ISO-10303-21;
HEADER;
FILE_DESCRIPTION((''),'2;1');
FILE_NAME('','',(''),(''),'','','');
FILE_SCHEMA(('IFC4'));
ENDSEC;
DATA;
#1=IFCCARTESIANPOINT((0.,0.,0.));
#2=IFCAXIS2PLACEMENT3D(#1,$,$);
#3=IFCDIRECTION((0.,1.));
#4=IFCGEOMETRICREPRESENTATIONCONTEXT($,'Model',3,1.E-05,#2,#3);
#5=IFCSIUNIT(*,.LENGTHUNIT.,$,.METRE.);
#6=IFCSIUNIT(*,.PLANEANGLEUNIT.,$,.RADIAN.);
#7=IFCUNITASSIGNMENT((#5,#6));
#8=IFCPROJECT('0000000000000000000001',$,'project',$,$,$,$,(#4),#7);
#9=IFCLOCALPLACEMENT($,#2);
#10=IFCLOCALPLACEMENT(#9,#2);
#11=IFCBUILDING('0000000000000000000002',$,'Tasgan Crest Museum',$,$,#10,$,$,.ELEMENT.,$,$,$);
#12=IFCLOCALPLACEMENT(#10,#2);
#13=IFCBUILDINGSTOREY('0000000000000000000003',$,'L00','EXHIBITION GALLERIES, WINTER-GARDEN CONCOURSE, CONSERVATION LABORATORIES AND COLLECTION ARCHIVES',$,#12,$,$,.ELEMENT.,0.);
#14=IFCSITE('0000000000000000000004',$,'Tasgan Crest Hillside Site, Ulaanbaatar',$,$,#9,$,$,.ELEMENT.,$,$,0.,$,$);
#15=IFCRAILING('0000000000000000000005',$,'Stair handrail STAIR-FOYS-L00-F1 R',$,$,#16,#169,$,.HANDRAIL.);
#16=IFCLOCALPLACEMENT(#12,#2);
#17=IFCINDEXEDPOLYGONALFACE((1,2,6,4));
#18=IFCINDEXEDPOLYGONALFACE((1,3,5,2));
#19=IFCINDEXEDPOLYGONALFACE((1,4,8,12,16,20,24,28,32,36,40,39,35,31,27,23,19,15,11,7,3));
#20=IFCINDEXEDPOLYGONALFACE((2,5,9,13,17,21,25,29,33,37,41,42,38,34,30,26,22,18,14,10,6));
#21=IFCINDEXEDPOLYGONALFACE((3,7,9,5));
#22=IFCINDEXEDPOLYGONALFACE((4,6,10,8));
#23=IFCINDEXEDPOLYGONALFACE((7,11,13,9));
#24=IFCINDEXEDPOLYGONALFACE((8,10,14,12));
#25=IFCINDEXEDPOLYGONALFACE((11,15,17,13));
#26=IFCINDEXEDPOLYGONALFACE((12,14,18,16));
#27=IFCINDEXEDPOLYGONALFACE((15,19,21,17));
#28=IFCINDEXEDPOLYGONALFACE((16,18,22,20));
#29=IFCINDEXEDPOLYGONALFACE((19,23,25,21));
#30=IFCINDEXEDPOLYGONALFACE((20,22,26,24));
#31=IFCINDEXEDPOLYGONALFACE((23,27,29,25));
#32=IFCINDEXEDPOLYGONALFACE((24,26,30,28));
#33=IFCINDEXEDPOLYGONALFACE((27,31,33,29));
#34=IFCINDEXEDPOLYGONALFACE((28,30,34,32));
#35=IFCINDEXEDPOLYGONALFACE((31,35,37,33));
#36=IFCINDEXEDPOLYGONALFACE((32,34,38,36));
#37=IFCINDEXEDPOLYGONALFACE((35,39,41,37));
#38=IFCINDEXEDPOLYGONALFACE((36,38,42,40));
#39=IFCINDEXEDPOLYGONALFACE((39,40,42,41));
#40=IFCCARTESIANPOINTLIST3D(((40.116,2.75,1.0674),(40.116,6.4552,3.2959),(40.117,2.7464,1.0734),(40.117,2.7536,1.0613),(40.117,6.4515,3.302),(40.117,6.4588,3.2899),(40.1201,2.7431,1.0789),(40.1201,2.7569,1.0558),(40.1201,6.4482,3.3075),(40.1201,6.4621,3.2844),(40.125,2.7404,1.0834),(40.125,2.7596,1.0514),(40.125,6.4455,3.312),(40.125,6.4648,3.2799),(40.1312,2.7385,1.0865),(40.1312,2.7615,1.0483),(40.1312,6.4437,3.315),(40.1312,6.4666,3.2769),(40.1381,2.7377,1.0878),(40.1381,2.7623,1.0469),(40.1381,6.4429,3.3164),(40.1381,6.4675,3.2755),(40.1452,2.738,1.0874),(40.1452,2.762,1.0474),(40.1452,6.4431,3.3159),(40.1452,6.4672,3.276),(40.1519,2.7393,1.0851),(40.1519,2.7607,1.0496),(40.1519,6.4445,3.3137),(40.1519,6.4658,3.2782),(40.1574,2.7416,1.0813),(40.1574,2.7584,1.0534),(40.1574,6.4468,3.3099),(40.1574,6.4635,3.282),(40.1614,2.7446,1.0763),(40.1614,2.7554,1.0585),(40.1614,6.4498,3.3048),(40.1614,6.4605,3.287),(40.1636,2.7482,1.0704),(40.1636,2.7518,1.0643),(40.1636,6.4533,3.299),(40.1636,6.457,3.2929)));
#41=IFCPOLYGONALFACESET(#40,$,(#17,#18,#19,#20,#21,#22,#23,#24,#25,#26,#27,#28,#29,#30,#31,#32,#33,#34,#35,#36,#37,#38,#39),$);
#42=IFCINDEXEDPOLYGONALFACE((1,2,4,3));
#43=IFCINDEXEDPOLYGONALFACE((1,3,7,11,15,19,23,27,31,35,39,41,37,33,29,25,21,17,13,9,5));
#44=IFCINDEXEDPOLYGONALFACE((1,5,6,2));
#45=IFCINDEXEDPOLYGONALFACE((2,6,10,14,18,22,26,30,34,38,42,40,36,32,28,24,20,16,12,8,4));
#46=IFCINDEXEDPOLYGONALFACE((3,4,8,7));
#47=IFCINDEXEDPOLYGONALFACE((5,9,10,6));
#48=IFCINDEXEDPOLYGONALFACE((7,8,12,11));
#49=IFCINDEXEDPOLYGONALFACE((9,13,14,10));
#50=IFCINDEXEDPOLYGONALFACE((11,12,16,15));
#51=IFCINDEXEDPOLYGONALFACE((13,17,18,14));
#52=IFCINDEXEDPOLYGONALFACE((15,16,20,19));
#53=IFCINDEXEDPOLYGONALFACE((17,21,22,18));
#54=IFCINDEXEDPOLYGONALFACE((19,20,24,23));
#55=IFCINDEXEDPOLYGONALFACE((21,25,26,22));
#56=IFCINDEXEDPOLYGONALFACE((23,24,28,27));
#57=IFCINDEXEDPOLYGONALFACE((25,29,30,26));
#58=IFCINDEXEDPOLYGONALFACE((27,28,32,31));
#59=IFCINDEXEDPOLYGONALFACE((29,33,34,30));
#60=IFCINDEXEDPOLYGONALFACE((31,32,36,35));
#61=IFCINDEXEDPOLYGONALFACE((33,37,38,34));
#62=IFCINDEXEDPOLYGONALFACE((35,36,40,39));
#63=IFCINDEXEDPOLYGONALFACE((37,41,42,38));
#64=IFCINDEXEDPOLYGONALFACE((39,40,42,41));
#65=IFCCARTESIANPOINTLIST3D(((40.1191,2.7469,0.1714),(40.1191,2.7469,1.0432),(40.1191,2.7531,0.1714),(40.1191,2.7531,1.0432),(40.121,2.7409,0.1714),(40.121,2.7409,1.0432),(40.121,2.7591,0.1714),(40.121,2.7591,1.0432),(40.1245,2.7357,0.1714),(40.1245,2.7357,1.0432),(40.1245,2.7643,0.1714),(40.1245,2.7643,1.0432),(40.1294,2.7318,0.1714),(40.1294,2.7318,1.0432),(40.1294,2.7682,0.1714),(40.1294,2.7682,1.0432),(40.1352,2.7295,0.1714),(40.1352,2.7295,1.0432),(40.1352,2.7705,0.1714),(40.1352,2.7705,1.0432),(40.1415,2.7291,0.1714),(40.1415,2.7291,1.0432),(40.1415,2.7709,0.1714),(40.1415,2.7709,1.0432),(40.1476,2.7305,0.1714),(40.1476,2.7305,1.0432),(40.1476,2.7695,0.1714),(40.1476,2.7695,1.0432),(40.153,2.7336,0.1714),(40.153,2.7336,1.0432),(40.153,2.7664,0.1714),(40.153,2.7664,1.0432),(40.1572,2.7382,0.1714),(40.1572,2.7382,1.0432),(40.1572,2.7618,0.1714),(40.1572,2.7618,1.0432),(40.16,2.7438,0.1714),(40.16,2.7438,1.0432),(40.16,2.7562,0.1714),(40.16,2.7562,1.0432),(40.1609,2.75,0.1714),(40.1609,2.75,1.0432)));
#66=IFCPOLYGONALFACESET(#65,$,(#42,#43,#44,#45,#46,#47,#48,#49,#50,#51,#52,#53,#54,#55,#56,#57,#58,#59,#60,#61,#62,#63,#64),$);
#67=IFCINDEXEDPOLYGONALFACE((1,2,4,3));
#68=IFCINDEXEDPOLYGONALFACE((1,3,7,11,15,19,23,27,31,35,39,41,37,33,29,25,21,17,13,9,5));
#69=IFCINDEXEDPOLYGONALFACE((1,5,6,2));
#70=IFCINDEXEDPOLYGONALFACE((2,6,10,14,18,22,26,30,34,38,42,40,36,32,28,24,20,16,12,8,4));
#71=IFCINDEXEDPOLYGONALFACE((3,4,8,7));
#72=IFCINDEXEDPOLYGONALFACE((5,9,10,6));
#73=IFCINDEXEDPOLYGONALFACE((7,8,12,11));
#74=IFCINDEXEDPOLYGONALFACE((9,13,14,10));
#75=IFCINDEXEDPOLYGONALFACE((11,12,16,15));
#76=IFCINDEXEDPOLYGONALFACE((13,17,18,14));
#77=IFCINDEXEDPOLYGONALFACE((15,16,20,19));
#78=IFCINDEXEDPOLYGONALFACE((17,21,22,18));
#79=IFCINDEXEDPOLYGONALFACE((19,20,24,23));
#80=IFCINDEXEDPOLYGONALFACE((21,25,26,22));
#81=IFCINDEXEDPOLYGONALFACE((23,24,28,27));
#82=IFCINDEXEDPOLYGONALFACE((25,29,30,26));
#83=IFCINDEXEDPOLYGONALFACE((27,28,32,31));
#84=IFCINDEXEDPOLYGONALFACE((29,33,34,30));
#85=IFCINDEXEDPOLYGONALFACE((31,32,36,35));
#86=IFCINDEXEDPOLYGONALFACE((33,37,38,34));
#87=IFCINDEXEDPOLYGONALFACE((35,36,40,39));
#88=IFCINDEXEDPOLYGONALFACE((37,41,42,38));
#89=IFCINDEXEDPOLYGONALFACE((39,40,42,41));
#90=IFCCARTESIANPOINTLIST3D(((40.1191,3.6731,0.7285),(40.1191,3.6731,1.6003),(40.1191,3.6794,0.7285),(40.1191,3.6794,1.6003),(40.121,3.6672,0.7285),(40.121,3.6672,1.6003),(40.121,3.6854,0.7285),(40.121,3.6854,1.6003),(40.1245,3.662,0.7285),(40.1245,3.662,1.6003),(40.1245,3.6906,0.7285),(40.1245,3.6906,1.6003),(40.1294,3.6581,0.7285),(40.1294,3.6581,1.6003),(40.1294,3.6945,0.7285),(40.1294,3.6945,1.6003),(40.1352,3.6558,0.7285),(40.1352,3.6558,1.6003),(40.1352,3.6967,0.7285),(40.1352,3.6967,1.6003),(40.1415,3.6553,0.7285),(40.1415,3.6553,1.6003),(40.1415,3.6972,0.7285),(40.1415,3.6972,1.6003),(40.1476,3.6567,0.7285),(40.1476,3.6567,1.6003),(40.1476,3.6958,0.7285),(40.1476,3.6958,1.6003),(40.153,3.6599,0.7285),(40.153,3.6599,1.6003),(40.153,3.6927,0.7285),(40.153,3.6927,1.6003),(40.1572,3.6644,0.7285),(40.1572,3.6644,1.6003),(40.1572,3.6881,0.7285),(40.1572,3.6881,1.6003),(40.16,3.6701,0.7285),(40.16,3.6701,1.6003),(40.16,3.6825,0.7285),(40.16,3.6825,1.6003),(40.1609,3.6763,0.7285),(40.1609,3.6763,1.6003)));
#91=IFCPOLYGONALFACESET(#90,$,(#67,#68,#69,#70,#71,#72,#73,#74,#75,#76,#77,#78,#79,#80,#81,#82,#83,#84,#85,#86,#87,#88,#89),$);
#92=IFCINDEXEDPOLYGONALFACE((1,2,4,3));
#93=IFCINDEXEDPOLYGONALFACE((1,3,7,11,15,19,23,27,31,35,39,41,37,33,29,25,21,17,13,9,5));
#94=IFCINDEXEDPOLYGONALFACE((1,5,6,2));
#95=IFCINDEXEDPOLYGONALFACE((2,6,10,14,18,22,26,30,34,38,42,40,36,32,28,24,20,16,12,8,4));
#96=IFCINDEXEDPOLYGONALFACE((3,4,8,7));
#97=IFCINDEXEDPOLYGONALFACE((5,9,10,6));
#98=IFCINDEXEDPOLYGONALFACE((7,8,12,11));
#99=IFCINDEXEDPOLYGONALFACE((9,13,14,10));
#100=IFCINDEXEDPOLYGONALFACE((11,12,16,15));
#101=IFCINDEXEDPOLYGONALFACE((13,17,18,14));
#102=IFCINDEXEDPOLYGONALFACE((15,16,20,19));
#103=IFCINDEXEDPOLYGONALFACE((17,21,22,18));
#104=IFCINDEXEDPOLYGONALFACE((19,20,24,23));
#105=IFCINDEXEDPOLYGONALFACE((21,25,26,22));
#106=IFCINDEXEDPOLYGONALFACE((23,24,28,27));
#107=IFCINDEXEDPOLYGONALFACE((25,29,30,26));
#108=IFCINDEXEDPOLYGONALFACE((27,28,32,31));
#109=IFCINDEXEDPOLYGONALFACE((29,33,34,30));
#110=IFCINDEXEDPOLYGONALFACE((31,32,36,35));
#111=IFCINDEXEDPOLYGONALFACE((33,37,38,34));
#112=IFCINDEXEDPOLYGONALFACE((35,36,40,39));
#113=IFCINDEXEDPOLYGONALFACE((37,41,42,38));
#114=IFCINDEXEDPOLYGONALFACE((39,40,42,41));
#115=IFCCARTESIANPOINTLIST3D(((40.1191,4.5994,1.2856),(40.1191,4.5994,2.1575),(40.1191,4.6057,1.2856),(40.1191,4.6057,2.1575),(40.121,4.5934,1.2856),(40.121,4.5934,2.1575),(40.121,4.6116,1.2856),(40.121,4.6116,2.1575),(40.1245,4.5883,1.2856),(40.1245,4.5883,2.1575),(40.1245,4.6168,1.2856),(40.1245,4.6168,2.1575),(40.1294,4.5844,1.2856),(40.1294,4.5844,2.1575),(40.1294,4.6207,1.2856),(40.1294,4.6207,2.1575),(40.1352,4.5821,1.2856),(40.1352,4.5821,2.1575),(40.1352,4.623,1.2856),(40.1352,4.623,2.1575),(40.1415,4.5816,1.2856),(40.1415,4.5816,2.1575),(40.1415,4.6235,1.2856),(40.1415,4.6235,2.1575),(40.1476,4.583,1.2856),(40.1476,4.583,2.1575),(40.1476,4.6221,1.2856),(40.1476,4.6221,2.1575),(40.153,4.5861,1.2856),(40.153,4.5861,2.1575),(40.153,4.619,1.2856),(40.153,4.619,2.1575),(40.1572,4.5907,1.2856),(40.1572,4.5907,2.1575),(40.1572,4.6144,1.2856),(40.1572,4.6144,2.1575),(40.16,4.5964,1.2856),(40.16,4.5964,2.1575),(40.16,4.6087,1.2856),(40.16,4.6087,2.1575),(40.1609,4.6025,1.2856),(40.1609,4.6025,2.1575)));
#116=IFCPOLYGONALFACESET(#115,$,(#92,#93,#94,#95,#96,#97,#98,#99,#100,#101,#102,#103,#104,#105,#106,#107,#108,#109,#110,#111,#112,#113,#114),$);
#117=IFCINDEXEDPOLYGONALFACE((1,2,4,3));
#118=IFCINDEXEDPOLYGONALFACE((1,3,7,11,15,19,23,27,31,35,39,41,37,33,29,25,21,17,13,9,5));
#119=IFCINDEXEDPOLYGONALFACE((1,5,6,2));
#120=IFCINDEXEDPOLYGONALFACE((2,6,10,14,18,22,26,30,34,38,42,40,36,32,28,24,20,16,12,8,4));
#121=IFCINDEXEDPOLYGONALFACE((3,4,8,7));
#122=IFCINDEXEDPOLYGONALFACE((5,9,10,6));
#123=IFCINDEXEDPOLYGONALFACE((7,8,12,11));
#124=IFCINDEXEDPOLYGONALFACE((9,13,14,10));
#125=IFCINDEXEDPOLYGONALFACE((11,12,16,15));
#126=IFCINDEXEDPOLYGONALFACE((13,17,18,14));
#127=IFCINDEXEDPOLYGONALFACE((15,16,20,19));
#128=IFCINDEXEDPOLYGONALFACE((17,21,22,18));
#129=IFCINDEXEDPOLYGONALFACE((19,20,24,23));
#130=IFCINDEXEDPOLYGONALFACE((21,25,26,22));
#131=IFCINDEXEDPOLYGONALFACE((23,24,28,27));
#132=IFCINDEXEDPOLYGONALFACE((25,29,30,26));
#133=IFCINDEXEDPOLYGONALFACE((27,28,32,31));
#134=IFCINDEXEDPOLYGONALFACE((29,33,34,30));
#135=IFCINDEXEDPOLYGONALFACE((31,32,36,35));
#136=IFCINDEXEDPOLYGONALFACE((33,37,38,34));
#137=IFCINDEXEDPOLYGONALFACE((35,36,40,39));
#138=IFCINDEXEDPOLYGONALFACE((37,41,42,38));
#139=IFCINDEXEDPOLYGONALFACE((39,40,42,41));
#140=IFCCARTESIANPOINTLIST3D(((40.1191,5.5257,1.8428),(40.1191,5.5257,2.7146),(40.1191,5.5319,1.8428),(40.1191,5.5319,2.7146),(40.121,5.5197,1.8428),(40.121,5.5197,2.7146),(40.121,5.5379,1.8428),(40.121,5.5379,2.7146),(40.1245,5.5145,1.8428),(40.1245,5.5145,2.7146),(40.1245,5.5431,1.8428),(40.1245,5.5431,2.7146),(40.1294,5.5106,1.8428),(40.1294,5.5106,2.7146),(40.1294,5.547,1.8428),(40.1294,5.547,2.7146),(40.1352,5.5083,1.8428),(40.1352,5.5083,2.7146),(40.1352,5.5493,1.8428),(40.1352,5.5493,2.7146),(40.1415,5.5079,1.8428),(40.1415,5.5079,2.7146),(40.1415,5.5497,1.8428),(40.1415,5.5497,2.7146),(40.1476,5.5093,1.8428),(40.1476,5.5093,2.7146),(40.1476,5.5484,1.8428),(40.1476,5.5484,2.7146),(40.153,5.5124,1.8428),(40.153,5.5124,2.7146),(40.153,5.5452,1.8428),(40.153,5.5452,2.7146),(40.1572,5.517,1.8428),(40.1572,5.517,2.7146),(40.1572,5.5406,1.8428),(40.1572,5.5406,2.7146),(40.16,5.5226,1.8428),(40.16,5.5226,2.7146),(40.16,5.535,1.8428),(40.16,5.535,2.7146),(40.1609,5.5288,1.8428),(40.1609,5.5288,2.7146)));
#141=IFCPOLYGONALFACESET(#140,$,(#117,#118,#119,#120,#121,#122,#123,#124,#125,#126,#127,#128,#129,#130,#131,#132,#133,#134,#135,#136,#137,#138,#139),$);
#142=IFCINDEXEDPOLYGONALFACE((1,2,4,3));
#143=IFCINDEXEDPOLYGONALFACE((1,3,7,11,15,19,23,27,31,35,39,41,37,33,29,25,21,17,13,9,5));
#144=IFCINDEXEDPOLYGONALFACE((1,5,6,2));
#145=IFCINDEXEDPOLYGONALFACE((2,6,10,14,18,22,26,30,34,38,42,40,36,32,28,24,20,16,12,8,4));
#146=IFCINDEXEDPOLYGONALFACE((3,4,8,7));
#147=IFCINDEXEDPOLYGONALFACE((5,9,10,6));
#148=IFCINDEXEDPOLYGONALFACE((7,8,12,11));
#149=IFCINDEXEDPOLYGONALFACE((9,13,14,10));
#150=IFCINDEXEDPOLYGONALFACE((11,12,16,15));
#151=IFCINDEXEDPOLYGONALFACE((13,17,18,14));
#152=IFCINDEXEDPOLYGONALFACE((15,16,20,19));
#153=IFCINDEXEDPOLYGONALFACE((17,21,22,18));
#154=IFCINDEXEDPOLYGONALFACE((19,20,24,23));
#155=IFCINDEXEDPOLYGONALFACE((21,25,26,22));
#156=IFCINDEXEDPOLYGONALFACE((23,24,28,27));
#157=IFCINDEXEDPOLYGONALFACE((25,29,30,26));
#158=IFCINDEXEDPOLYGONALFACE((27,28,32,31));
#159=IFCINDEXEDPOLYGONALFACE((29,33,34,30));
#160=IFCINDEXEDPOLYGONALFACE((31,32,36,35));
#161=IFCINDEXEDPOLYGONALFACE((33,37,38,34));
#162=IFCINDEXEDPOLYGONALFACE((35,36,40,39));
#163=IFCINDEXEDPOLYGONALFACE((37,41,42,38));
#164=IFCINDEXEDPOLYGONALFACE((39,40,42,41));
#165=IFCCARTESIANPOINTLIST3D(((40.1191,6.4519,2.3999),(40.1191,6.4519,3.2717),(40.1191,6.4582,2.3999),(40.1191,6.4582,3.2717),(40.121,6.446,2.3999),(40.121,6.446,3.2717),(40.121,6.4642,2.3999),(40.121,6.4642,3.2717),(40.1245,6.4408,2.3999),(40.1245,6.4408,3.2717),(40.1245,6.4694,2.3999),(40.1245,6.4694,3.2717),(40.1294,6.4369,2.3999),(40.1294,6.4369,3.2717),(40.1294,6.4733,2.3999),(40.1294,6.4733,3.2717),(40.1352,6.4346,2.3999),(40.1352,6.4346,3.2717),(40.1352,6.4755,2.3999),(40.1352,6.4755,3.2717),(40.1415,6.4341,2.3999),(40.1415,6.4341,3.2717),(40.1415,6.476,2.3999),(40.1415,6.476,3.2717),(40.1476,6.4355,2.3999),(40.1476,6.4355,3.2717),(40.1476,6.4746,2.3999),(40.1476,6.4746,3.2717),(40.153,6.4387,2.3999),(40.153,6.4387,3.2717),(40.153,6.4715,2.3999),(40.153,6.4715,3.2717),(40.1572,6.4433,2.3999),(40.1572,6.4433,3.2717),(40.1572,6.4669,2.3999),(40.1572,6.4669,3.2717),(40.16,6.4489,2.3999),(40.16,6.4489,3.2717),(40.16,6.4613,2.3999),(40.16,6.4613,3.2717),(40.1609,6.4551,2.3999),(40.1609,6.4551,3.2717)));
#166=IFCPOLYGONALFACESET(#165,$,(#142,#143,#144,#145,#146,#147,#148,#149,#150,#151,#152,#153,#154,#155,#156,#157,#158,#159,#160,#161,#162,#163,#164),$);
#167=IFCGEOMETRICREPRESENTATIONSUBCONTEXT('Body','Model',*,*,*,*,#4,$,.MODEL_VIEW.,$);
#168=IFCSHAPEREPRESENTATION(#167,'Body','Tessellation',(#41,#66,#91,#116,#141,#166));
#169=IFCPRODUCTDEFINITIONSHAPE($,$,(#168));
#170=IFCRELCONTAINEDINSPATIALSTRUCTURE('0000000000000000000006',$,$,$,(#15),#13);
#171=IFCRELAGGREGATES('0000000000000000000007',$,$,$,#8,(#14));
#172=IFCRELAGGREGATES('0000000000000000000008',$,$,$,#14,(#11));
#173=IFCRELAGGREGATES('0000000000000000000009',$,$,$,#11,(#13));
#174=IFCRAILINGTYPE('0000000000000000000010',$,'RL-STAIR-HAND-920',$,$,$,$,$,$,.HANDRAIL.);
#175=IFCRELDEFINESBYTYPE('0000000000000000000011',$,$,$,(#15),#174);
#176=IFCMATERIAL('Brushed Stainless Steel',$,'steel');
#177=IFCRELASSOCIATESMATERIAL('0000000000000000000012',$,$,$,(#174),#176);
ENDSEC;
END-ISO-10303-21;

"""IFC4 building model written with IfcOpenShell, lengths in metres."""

from ifc_helpers import new_model, si_unit, direction, frame, origin, origin_2d, place, context, subcontext, project, spatial, circle, extrude, material, type_object, element, save


model = new_model("IFC4")

# Units and contexts
model_context = context("Model", 3, precision=1e-05, world=origin(), true_north=direction((0.0, 1.0)))
body_context = subcontext(model_context, "Body", "Model", "MODEL_VIEW")
ifc_project = project(units=[si_unit("LENGTHUNIT", "METRE"), si_unit("PLANEANGLEUNIT", "RADIAN")], contexts=[model_context])

# Site, building, storey
site_placement = place(None, origin())
site = spatial("IfcSite", under=ifc_project, at=site_placement, Name="Tasgan Crest Hillside Site, Ulaanbaatar", CompositionType="ELEMENT", RefElevation=0.0)
building_placement = place(site_placement, origin())
building = spatial("IfcBuilding", under=site, at=building_placement, Name="Tasgan Crest Museum", CompositionType="ELEMENT")
storey_placement = place(building_placement, origin())
storey = spatial("IfcBuildingStorey", under=building, at=storey_placement, Name="L00", Description="EXHIBITION GALLERIES, WINTER-GARDEN CONCOURSE, CONSERVATION LABORATORIES AND COLLECTION ARCHIVES", CompositionType="ELEMENT", Elevation=0.0)

# Railing
ifc_material_1 = material(Name="Brushed Stainless Steel", Category="steel")
railing_type_1 = type_object("IfcRailingType", Name="RL-STAIR-HAND-920", PredefinedType="HANDRAIL", material=ifc_material_1)
railing_1_placement = place(storey_placement, frame((40.1399, 2.75, 0.1714)))
element("IfcRailing", 1, at=railing_1_placement, inside=storey, type_object=railing_type_1, Name="Stair handrail STAIR-FOYS-L00-F1 R", PredefinedType="HANDRAIL", context=body_context, shape_type="SweptSolid", body=[
    extrude(circle(Radius=0.0239, at=origin_2d()), frame((0.0, 0.0, 0.896), z_axis=(0.0, 0.856934, 0.515425), x_axis=(-1.0, 0.0, 0.0)), (0.0, 0.0, 1.0), 4.3237),
    extrude(circle(Radius=0.021, at=origin_2d()), origin(), (0.0, 0.0, 1.0), 0.8718),
    extrude(circle(Radius=0.021, at=origin_2d()), frame((0.0, 0.9263, 0.5571)), (0.0, 0.0, 1.0), 0.8718),
    extrude(circle(Radius=0.021, at=origin_2d()), frame((0.0, 1.8525, 1.1143)), (0.0, 0.0, 1.0), 0.8718),
    extrude(circle(Radius=0.021, at=origin_2d()), frame((0.0, 2.7788, 1.6714)), (0.0, 0.0, 1.0), 0.8718),
    extrude(circle(Radius=0.021, at=origin_2d()), frame((0.0, 3.7051, 2.2285)), (0.0, 0.0, 1.0), 0.8718),
])

save(model, "model.ifc")
